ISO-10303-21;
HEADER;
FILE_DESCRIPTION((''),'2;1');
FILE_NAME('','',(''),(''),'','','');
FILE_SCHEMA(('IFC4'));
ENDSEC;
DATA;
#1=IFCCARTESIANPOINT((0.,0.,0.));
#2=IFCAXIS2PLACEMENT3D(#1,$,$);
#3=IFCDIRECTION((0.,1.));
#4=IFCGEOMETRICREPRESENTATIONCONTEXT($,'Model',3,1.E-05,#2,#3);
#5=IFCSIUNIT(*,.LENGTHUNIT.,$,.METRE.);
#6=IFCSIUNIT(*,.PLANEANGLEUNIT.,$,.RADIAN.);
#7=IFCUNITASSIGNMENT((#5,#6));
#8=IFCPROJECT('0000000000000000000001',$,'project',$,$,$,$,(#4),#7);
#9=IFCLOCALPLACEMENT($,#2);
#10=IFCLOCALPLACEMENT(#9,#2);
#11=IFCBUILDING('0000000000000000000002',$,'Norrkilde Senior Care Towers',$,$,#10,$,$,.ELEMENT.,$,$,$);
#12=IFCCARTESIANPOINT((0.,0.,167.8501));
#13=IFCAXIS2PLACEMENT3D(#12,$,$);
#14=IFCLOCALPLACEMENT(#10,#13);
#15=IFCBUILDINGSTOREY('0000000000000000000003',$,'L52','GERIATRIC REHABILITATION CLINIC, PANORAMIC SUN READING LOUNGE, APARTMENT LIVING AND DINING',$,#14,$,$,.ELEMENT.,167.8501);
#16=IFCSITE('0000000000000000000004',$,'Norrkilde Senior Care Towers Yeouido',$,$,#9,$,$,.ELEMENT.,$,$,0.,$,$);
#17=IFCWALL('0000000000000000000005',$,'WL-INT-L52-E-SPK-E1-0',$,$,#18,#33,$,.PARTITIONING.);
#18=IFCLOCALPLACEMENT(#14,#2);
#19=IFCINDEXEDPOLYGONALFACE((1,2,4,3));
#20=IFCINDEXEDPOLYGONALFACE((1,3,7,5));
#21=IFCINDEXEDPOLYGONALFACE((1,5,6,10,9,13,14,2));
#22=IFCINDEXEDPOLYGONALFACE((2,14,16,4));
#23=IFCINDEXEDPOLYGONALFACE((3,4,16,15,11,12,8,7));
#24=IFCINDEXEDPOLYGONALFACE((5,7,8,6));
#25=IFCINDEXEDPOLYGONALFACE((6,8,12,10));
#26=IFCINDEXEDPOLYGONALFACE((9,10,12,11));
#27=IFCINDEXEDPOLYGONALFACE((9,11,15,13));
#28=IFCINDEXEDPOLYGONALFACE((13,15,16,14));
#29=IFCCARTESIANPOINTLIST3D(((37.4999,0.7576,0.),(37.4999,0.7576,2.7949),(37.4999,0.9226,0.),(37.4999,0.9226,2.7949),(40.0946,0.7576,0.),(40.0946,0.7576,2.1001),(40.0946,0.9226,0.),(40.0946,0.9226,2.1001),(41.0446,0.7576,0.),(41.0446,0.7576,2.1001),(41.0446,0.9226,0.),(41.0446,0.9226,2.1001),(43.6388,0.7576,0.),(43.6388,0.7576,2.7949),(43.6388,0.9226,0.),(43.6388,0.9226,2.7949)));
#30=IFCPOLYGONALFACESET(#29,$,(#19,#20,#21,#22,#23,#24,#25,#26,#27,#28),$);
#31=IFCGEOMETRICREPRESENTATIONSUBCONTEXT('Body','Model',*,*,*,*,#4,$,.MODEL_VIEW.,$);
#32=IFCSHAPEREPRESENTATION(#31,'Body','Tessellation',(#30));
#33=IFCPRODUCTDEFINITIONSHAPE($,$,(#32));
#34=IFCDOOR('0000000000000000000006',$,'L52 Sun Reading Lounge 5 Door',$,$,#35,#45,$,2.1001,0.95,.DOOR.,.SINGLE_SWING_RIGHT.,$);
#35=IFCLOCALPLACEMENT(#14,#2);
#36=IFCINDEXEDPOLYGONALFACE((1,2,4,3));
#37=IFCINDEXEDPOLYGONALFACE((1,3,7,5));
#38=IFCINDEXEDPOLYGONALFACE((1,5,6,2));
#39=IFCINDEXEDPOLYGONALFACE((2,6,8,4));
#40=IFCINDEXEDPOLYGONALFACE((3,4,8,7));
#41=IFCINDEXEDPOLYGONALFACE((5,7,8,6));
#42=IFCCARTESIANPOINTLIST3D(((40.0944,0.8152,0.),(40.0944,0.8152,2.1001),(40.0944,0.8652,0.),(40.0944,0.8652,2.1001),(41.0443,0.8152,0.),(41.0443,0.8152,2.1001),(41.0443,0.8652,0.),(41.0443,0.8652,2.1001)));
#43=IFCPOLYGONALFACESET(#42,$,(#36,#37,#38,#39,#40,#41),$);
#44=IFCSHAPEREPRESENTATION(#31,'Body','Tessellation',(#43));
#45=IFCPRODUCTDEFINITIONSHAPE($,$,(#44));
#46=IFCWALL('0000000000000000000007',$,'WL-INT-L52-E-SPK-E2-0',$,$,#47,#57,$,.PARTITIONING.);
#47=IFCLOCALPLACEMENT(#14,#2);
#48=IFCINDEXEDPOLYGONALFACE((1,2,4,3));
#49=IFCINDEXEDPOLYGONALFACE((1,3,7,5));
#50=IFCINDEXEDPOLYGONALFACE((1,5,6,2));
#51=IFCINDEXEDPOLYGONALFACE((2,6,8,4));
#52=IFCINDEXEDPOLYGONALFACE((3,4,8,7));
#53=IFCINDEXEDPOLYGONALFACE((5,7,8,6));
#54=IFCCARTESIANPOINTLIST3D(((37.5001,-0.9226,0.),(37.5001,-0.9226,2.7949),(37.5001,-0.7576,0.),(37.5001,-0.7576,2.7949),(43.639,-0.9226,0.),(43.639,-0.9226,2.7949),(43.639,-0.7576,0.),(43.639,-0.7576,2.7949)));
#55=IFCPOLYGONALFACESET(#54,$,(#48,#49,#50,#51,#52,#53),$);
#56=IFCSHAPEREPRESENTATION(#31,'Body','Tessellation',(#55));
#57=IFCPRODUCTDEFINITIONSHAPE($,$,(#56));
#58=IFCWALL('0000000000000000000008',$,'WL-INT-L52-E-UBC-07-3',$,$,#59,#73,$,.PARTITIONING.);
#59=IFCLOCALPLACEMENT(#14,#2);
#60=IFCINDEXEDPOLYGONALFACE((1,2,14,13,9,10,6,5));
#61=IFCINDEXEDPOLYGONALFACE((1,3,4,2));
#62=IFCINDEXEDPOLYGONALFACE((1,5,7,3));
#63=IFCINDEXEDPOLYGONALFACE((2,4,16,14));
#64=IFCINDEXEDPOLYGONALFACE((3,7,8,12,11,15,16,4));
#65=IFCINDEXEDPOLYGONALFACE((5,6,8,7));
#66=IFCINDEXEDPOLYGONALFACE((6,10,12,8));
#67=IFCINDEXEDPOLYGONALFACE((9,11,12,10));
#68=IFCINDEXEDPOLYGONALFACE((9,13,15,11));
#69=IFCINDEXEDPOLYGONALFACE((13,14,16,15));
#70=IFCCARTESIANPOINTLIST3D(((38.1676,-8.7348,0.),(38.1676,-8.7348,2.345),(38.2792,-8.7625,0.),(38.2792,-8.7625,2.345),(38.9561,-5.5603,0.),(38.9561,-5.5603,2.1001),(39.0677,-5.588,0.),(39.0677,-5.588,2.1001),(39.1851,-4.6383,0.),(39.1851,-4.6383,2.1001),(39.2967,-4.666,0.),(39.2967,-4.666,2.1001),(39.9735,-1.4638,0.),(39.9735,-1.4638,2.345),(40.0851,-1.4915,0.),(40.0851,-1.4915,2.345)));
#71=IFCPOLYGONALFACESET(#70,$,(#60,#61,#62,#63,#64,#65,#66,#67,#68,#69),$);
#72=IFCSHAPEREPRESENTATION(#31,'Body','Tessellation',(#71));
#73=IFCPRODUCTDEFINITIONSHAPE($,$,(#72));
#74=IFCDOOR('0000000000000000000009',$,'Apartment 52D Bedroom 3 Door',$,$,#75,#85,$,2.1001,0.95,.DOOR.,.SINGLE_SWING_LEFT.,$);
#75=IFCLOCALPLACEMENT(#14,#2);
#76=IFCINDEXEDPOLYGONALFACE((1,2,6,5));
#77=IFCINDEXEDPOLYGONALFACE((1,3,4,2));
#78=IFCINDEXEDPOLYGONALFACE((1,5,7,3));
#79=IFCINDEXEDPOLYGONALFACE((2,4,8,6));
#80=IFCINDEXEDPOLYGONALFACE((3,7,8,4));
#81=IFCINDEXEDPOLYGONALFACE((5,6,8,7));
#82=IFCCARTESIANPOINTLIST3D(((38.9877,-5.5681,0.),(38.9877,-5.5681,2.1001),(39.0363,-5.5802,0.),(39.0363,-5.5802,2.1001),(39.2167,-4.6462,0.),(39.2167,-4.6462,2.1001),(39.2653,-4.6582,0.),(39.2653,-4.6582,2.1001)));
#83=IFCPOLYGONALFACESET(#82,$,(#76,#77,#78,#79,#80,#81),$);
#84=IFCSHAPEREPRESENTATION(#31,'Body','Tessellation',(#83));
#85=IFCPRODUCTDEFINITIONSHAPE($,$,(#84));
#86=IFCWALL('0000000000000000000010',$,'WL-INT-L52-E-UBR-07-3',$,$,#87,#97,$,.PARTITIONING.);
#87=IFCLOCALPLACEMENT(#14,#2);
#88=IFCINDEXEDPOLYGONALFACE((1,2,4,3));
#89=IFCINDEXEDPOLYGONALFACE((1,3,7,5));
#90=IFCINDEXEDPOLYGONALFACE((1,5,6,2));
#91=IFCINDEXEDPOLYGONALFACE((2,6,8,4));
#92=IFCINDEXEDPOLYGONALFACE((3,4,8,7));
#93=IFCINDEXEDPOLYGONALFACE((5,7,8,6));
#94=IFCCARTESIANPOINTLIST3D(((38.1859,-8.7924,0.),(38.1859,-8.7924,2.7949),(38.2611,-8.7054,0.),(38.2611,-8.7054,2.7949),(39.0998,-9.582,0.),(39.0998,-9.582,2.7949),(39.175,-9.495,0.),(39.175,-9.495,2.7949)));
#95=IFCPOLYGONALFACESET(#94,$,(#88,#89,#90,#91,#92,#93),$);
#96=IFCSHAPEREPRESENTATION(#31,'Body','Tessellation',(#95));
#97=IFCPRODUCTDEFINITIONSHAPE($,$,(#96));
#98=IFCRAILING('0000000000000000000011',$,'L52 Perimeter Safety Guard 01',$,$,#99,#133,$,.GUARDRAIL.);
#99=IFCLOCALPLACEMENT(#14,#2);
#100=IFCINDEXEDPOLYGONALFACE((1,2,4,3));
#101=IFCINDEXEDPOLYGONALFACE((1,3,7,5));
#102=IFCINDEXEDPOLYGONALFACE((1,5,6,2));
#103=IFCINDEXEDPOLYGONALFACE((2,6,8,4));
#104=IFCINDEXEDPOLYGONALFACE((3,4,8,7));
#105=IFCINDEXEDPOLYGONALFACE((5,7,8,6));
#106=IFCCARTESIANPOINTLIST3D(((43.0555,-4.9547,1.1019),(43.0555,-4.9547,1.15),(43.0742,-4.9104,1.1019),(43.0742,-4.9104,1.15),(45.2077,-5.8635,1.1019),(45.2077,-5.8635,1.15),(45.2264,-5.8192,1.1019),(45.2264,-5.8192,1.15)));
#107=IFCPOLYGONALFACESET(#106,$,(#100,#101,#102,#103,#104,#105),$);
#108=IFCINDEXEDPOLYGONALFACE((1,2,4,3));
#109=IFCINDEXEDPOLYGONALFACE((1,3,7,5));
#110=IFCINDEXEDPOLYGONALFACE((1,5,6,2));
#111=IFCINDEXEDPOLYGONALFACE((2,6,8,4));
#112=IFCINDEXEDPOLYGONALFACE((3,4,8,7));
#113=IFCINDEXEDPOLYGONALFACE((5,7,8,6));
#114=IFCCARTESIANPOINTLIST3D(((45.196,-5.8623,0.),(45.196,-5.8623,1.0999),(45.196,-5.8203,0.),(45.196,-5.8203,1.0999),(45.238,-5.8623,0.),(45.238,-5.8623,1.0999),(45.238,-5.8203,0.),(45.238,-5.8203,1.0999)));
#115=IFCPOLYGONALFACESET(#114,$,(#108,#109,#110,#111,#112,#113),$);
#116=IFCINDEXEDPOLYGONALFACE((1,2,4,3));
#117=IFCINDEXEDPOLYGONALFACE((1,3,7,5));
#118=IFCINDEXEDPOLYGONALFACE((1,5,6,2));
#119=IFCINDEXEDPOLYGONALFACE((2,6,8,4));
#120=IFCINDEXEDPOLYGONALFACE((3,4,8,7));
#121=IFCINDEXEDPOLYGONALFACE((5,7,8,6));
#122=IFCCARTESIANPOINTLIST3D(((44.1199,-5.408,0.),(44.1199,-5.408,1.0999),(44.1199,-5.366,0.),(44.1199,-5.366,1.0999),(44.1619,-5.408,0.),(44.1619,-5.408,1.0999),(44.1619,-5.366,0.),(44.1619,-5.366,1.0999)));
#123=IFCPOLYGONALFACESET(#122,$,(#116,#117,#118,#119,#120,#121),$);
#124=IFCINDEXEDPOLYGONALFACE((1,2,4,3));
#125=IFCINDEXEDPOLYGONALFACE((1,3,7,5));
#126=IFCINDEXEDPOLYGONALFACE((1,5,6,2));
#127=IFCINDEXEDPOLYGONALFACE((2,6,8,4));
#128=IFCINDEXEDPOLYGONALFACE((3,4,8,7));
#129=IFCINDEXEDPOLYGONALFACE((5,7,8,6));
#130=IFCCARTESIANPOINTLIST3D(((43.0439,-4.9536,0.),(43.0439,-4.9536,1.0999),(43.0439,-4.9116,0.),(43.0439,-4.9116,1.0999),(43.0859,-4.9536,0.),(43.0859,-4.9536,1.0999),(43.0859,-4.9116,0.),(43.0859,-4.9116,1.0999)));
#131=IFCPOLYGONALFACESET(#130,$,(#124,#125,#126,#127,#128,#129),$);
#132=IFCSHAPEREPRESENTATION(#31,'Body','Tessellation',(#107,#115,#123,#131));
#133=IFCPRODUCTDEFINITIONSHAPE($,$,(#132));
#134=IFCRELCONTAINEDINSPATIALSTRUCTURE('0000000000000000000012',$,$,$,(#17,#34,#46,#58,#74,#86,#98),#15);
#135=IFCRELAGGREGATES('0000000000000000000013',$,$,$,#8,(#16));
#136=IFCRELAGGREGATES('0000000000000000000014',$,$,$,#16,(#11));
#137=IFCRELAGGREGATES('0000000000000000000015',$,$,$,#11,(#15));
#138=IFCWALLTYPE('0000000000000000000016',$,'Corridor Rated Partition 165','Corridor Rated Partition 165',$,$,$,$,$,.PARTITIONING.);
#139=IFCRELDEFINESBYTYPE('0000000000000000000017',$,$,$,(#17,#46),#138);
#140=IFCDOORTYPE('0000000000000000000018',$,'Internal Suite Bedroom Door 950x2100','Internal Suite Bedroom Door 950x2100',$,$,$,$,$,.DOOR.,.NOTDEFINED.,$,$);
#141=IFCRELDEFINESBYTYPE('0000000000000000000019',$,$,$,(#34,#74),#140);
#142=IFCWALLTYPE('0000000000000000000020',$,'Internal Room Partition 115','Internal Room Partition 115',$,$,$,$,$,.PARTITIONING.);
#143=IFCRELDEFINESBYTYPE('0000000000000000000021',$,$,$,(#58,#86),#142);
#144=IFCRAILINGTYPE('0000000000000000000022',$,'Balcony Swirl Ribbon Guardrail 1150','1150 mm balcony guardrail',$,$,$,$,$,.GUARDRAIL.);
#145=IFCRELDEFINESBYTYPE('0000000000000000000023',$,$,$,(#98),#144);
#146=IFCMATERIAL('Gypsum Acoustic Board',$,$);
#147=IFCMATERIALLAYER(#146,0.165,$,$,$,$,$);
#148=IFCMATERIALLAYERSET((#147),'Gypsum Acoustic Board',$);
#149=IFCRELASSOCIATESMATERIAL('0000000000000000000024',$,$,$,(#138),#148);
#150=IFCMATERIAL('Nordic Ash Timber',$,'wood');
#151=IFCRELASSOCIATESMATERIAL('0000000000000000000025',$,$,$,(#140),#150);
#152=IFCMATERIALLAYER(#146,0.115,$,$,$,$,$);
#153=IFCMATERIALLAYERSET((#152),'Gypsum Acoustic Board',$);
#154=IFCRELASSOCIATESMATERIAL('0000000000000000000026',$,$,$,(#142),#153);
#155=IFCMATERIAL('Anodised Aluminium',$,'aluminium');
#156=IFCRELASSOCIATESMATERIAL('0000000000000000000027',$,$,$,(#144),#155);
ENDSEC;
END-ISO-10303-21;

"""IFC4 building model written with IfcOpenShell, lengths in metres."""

from ifc_helpers import new_model, si_unit, direction, frame, frame_2d, origin, origin_2d, place, context, subcontext, project, spatial, rectangle, extrude, source, transform, mapped, material, layer, layer_set, type_object, type_shapes, element, fill, save


model = new_model("IFC4")

# Units and contexts
model_context = context("Model", 3, precision=1e-05, world=origin(), true_north=direction((0.0, 1.0)))
body_context = subcontext(model_context, "Body", "Model", "MODEL_VIEW")
ifc_project = project(units=[si_unit("LENGTHUNIT", "METRE"), si_unit("PLANEANGLEUNIT", "RADIAN")], contexts=[model_context])

# Site, building, storey
site_placement = place(None, origin())
site = spatial("IfcSite", under=ifc_project, at=site_placement, Name="Norrkilde Senior Care Towers Yeouido", CompositionType="ELEMENT", RefElevation=0.0)
building_placement = place(site_placement, origin())
building = spatial("IfcBuilding", under=site, at=building_placement, Name="Norrkilde Senior Care Towers", CompositionType="ELEMENT")
storey_placement = place(building_placement, frame((0.0, 0.0, 167.8501)))
storey = spatial("IfcBuildingStorey", under=building, at=storey_placement, Name="L52", Description="GERIATRIC REHABILITATION CLINIC, PANORAMIC SUN READING LOUNGE, APARTMENT LIVING AND DINING", CompositionType="ELEMENT", Elevation=167.8501)

# Shared definitions
ifc_material_1 = material(Name="Anodised Aluminium", Category="aluminium")

# Shared definitions
ifc_material_2 = material(Name="Gypsum Acoustic Board")
ifc_layer_1 = layer(ifc_material_2, 0.165)
ifc_layer_set_1 = layer_set([ifc_layer_1], Name="Gypsum Acoustic Board")
wall_type_1 = type_object("IfcWallType", Name="Corridor Rated Partition 165", Description="Corridor Rated Partition 165", PredefinedType="PARTITIONING", material=ifc_layer_set_1)

# Shared definitions
ifc_material_3 = material(Name="Nordic Ash Timber", Category="wood")

# Wall, opening, door
shared_shape_1 = source(origin(), body_context, "Body", "SweptSolid", [
    extrude(rectangle(XDim=6.1389, YDim=0.165, at=frame_2d((3.0693, 0.0))), origin(), (0.0, 0.0, 1.0), 2.7949),
])
wall_1_placement = place(storey_placement, frame((37.5, 0.8401, 0.0), z_axis=(0.0, 0.0, 1.0), x_axis=(1.0, 0.0, 0.0)))
wall_1 = element("IfcWall", 1, at=wall_1_placement, inside=storey, type_object=wall_type_1, Name="WL-INT-L52-E-SPK-E1-0", PredefinedType="PARTITIONING", context=body_context, shape_type="MappedRepresentation", body=[
    mapped(shared_shape_1, transform((0.0, 0.0, 0.0), x_axis=(1.0, 0.0, 0.0), y_axis=(0.0, 1.0, 0.0), z_axis=(0.0, 0.0, 1.0), scale=1.0)),
])
opening_1_placement = place(wall_1_placement, frame((2.5945, 0.0, 0.0)))
opening_1 = element("IfcOpeningElement", 2, at=opening_1_placement, cuts=wall_1, PredefinedType="OPENING", context=body_context, shape_type="SweptSolid", body=[
    extrude(rectangle(XDim=0.95, YDim=2.1001, at=frame_2d((0.4751, 1.05))), frame((0.0, 0.0925, 0.0), z_axis=(0.0, -1.0, 0.0), x_axis=(1.0, 0.0, 0.0)), (0.0, 0.0, 1.0), 0.1851),
])
door_type_1 = type_object("IfcDoorType", Name="Internal Suite Bedroom Door 950x2100", Description="Internal Suite Bedroom Door 950x2100", OperationType="NOTDEFINED", PredefinedType="DOOR", material=ifc_material_3)
shared_shape_2 = source(origin(), body_context, "Body", "SweptSolid", [
    extrude(rectangle(XDim=0.95, YDim=2.1001, at=frame_2d((0.4751, 1.05))), frame((0.0, 0.0249, 0.0), z_axis=(0.0, -1.0, 0.0), x_axis=(1.0, 0.0, 0.0)), (0.0, 0.0, 1.0), 0.05),
])
type_shapes(door_type_1, [shared_shape_2])
door_1_placement = place(opening_1_placement, frame((0.95, 0.0, 0.0), z_axis=(0.0, 0.0, 1.0), x_axis=(-1.0, 0.0, 0.0)))
door_1 = element("IfcDoor", 3, at=door_1_placement, inside=storey, type_object=door_type_1, Name="L52 Sun Reading Lounge 5 Door", OperationType="SINGLE_SWING_RIGHT", OverallHeight=2.1001, OverallWidth=0.95, PredefinedType="DOOR", context=body_context, shape_type="MappedRepresentation", body=[
    mapped(shared_shape_2, transform((0.0, 0.0, 0.0), x_axis=(1.0, 0.0, 0.0), y_axis=(0.0, 1.0, 0.0), z_axis=(0.0, 0.0, 1.0), scale=1.0)),
])
fill(opening_1, door_1)

# Wall
wall_2_placement = place(storey_placement, frame((43.6389, -0.8401, 0.0), z_axis=(0.0, 0.0, 1.0), x_axis=(-1.0, 0.0, 0.0)))
element("IfcWall", 4, at=wall_2_placement, inside=storey, type_object=wall_type_1, Name="WL-INT-L52-E-SPK-E2-0", PredefinedType="PARTITIONING", context=body_context, shape_type="MappedRepresentation", body=[
    mapped(shared_shape_1, transform((0.0, 0.0, 0.0), x_axis=(1.0, 0.0, 0.0), y_axis=(0.0, 1.0, 0.0), z_axis=(0.0, 0.0, 1.0), scale=1.0)),
])

# Wall, opening, door
ifc_layer_2 = layer(ifc_material_2, 0.115)
ifc_layer_set_2 = layer_set([ifc_layer_2], Name="Gypsum Acoustic Board")
wall_type_2 = type_object("IfcWallType", Name="Internal Room Partition 115", Description="Internal Room Partition 115", PredefinedType="PARTITIONING", material=ifc_layer_set_2)
shared_shape_3 = source(origin(), body_context, "Body", "SweptSolid", [
    extrude(rectangle(XDim=7.4919, YDim=0.115, at=frame_2d((3.7461, 0.0))), origin(), (0.0, 0.0, 1.0), 2.345),
])
wall_3_placement = place(storey_placement, frame((38.2234, -8.7488, 0.0), z_axis=(0.0, 0.0, 1.0), x_axis=(0.241048, 0.970513, 0.0)))
wall_3 = element("IfcWall", 5, at=wall_3_placement, inside=storey, type_object=wall_type_2, Name="WL-INT-L52-E-UBC-07-3", PredefinedType="PARTITIONING", context=body_context, shape_type="MappedRepresentation", body=[
    mapped(shared_shape_3, transform((0.0, 0.0, 0.0), x_axis=(1.0, 0.0, 0.0), y_axis=(0.0, 1.0, 0.0), z_axis=(0.0, 0.0, 1.0), scale=1.0)),
])
opening_2_placement = place(wall_3_placement, frame((3.271, 0.0, 0.0)))
opening_2 = element("IfcOpeningElement", 6, at=opening_2_placement, cuts=wall_3, PredefinedType="OPENING", context=body_context, shape_type="SweptSolid", body=[
    extrude(rectangle(XDim=0.95, YDim=2.1001, at=frame_2d((0.4751, 1.05))), frame((0.0, 0.0674, 0.0), z_axis=(0.0, -1.0, 0.0), x_axis=(1.0, 0.0, 0.0)), (0.0, 0.0, 1.0), 0.135),
])
door_2_placement = place(opening_2_placement, origin())
door_2 = element("IfcDoor", 7, at=door_2_placement, inside=storey, type_object=door_type_1, Name="Apartment 52D Bedroom 3 Door", OperationType="SINGLE_SWING_LEFT", OverallHeight=2.1001, OverallWidth=0.95, PredefinedType="DOOR", context=body_context, shape_type="MappedRepresentation", body=[
    mapped(shared_shape_2, transform((0.0, 0.0, 0.0), x_axis=(1.0, 0.0, 0.0), y_axis=(0.0, 1.0, 0.0), z_axis=(0.0, 0.0, 1.0), scale=1.0)),
])
fill(opening_2, door_2)

# Wall
shared_shape_4 = source(origin(), body_context, "Body", "SweptSolid", [
    extrude(rectangle(XDim=1.2078, YDim=0.115, at=frame_2d((0.604, 0.0))), origin(), (0.0, 0.0, 1.0), 2.7949),
])
type_shapes(wall_type_2, [shared_shape_3, shared_shape_4])
wall_4_placement = place(storey_placement, frame((38.2234, -8.7488, 0.0), z_axis=(0.0, 0.0, 1.0), x_axis=(0.756682, -0.653783, 0.0)))
element("IfcWall", 8, at=wall_4_placement, inside=storey, type_object=wall_type_2, Name="WL-INT-L52-E-UBR-07-3", PredefinedType="PARTITIONING", context=body_context, shape_type="MappedRepresentation", body=[
    mapped(shared_shape_4, transform((0.0, 0.0, 0.0), x_axis=(1.0, 0.0, 0.0), y_axis=(0.0, 1.0, 0.0), z_axis=(0.0, 0.0, 1.0), scale=1.0)),
])

# Railing
railing_type = type_object("IfcRailingType", Name="Balcony Swirl Ribbon Guardrail 1150", Description="1150 mm balcony guardrail", PredefinedType="GUARDRAIL", material=ifc_material_1)
railing_placement = place(storey_placement, frame((45.217, -5.8413, 0.0)))
element("IfcRailing", 9, at=railing_placement, inside=storey, type_object=railing_type, Name="L52 Perimeter Safety Guard 01", PredefinedType="GUARDRAIL", context=body_context, shape_type="SweptSolid", body=[
    extrude(rectangle(XDim=0.0481, YDim=0.0481, at=origin_2d()), frame((0.0, 0.0, 1.126), z_axis=(-0.921245, 0.388982, 0.0), x_axis=(-0.388982, -0.921245, 0.0)), (0.0, 0.0, 1.0), 2.3362),
    extrude(rectangle(XDim=0.042, YDim=0.042, at=origin_2d()), origin(), (0.0, 0.0, 1.0), 1.0999),
    extrude(rectangle(XDim=0.042, YDim=0.042, at=origin_2d()), frame((-1.0762, 0.4543, 0.0)), (0.0, 0.0, 1.0), 1.0999),
    extrude(rectangle(XDim=0.042, YDim=0.042, at=origin_2d()), frame((-2.1521, 0.9087, 0.0)), (0.0, 0.0, 1.0), 1.0999),
])

save(model, "model.ifc")
